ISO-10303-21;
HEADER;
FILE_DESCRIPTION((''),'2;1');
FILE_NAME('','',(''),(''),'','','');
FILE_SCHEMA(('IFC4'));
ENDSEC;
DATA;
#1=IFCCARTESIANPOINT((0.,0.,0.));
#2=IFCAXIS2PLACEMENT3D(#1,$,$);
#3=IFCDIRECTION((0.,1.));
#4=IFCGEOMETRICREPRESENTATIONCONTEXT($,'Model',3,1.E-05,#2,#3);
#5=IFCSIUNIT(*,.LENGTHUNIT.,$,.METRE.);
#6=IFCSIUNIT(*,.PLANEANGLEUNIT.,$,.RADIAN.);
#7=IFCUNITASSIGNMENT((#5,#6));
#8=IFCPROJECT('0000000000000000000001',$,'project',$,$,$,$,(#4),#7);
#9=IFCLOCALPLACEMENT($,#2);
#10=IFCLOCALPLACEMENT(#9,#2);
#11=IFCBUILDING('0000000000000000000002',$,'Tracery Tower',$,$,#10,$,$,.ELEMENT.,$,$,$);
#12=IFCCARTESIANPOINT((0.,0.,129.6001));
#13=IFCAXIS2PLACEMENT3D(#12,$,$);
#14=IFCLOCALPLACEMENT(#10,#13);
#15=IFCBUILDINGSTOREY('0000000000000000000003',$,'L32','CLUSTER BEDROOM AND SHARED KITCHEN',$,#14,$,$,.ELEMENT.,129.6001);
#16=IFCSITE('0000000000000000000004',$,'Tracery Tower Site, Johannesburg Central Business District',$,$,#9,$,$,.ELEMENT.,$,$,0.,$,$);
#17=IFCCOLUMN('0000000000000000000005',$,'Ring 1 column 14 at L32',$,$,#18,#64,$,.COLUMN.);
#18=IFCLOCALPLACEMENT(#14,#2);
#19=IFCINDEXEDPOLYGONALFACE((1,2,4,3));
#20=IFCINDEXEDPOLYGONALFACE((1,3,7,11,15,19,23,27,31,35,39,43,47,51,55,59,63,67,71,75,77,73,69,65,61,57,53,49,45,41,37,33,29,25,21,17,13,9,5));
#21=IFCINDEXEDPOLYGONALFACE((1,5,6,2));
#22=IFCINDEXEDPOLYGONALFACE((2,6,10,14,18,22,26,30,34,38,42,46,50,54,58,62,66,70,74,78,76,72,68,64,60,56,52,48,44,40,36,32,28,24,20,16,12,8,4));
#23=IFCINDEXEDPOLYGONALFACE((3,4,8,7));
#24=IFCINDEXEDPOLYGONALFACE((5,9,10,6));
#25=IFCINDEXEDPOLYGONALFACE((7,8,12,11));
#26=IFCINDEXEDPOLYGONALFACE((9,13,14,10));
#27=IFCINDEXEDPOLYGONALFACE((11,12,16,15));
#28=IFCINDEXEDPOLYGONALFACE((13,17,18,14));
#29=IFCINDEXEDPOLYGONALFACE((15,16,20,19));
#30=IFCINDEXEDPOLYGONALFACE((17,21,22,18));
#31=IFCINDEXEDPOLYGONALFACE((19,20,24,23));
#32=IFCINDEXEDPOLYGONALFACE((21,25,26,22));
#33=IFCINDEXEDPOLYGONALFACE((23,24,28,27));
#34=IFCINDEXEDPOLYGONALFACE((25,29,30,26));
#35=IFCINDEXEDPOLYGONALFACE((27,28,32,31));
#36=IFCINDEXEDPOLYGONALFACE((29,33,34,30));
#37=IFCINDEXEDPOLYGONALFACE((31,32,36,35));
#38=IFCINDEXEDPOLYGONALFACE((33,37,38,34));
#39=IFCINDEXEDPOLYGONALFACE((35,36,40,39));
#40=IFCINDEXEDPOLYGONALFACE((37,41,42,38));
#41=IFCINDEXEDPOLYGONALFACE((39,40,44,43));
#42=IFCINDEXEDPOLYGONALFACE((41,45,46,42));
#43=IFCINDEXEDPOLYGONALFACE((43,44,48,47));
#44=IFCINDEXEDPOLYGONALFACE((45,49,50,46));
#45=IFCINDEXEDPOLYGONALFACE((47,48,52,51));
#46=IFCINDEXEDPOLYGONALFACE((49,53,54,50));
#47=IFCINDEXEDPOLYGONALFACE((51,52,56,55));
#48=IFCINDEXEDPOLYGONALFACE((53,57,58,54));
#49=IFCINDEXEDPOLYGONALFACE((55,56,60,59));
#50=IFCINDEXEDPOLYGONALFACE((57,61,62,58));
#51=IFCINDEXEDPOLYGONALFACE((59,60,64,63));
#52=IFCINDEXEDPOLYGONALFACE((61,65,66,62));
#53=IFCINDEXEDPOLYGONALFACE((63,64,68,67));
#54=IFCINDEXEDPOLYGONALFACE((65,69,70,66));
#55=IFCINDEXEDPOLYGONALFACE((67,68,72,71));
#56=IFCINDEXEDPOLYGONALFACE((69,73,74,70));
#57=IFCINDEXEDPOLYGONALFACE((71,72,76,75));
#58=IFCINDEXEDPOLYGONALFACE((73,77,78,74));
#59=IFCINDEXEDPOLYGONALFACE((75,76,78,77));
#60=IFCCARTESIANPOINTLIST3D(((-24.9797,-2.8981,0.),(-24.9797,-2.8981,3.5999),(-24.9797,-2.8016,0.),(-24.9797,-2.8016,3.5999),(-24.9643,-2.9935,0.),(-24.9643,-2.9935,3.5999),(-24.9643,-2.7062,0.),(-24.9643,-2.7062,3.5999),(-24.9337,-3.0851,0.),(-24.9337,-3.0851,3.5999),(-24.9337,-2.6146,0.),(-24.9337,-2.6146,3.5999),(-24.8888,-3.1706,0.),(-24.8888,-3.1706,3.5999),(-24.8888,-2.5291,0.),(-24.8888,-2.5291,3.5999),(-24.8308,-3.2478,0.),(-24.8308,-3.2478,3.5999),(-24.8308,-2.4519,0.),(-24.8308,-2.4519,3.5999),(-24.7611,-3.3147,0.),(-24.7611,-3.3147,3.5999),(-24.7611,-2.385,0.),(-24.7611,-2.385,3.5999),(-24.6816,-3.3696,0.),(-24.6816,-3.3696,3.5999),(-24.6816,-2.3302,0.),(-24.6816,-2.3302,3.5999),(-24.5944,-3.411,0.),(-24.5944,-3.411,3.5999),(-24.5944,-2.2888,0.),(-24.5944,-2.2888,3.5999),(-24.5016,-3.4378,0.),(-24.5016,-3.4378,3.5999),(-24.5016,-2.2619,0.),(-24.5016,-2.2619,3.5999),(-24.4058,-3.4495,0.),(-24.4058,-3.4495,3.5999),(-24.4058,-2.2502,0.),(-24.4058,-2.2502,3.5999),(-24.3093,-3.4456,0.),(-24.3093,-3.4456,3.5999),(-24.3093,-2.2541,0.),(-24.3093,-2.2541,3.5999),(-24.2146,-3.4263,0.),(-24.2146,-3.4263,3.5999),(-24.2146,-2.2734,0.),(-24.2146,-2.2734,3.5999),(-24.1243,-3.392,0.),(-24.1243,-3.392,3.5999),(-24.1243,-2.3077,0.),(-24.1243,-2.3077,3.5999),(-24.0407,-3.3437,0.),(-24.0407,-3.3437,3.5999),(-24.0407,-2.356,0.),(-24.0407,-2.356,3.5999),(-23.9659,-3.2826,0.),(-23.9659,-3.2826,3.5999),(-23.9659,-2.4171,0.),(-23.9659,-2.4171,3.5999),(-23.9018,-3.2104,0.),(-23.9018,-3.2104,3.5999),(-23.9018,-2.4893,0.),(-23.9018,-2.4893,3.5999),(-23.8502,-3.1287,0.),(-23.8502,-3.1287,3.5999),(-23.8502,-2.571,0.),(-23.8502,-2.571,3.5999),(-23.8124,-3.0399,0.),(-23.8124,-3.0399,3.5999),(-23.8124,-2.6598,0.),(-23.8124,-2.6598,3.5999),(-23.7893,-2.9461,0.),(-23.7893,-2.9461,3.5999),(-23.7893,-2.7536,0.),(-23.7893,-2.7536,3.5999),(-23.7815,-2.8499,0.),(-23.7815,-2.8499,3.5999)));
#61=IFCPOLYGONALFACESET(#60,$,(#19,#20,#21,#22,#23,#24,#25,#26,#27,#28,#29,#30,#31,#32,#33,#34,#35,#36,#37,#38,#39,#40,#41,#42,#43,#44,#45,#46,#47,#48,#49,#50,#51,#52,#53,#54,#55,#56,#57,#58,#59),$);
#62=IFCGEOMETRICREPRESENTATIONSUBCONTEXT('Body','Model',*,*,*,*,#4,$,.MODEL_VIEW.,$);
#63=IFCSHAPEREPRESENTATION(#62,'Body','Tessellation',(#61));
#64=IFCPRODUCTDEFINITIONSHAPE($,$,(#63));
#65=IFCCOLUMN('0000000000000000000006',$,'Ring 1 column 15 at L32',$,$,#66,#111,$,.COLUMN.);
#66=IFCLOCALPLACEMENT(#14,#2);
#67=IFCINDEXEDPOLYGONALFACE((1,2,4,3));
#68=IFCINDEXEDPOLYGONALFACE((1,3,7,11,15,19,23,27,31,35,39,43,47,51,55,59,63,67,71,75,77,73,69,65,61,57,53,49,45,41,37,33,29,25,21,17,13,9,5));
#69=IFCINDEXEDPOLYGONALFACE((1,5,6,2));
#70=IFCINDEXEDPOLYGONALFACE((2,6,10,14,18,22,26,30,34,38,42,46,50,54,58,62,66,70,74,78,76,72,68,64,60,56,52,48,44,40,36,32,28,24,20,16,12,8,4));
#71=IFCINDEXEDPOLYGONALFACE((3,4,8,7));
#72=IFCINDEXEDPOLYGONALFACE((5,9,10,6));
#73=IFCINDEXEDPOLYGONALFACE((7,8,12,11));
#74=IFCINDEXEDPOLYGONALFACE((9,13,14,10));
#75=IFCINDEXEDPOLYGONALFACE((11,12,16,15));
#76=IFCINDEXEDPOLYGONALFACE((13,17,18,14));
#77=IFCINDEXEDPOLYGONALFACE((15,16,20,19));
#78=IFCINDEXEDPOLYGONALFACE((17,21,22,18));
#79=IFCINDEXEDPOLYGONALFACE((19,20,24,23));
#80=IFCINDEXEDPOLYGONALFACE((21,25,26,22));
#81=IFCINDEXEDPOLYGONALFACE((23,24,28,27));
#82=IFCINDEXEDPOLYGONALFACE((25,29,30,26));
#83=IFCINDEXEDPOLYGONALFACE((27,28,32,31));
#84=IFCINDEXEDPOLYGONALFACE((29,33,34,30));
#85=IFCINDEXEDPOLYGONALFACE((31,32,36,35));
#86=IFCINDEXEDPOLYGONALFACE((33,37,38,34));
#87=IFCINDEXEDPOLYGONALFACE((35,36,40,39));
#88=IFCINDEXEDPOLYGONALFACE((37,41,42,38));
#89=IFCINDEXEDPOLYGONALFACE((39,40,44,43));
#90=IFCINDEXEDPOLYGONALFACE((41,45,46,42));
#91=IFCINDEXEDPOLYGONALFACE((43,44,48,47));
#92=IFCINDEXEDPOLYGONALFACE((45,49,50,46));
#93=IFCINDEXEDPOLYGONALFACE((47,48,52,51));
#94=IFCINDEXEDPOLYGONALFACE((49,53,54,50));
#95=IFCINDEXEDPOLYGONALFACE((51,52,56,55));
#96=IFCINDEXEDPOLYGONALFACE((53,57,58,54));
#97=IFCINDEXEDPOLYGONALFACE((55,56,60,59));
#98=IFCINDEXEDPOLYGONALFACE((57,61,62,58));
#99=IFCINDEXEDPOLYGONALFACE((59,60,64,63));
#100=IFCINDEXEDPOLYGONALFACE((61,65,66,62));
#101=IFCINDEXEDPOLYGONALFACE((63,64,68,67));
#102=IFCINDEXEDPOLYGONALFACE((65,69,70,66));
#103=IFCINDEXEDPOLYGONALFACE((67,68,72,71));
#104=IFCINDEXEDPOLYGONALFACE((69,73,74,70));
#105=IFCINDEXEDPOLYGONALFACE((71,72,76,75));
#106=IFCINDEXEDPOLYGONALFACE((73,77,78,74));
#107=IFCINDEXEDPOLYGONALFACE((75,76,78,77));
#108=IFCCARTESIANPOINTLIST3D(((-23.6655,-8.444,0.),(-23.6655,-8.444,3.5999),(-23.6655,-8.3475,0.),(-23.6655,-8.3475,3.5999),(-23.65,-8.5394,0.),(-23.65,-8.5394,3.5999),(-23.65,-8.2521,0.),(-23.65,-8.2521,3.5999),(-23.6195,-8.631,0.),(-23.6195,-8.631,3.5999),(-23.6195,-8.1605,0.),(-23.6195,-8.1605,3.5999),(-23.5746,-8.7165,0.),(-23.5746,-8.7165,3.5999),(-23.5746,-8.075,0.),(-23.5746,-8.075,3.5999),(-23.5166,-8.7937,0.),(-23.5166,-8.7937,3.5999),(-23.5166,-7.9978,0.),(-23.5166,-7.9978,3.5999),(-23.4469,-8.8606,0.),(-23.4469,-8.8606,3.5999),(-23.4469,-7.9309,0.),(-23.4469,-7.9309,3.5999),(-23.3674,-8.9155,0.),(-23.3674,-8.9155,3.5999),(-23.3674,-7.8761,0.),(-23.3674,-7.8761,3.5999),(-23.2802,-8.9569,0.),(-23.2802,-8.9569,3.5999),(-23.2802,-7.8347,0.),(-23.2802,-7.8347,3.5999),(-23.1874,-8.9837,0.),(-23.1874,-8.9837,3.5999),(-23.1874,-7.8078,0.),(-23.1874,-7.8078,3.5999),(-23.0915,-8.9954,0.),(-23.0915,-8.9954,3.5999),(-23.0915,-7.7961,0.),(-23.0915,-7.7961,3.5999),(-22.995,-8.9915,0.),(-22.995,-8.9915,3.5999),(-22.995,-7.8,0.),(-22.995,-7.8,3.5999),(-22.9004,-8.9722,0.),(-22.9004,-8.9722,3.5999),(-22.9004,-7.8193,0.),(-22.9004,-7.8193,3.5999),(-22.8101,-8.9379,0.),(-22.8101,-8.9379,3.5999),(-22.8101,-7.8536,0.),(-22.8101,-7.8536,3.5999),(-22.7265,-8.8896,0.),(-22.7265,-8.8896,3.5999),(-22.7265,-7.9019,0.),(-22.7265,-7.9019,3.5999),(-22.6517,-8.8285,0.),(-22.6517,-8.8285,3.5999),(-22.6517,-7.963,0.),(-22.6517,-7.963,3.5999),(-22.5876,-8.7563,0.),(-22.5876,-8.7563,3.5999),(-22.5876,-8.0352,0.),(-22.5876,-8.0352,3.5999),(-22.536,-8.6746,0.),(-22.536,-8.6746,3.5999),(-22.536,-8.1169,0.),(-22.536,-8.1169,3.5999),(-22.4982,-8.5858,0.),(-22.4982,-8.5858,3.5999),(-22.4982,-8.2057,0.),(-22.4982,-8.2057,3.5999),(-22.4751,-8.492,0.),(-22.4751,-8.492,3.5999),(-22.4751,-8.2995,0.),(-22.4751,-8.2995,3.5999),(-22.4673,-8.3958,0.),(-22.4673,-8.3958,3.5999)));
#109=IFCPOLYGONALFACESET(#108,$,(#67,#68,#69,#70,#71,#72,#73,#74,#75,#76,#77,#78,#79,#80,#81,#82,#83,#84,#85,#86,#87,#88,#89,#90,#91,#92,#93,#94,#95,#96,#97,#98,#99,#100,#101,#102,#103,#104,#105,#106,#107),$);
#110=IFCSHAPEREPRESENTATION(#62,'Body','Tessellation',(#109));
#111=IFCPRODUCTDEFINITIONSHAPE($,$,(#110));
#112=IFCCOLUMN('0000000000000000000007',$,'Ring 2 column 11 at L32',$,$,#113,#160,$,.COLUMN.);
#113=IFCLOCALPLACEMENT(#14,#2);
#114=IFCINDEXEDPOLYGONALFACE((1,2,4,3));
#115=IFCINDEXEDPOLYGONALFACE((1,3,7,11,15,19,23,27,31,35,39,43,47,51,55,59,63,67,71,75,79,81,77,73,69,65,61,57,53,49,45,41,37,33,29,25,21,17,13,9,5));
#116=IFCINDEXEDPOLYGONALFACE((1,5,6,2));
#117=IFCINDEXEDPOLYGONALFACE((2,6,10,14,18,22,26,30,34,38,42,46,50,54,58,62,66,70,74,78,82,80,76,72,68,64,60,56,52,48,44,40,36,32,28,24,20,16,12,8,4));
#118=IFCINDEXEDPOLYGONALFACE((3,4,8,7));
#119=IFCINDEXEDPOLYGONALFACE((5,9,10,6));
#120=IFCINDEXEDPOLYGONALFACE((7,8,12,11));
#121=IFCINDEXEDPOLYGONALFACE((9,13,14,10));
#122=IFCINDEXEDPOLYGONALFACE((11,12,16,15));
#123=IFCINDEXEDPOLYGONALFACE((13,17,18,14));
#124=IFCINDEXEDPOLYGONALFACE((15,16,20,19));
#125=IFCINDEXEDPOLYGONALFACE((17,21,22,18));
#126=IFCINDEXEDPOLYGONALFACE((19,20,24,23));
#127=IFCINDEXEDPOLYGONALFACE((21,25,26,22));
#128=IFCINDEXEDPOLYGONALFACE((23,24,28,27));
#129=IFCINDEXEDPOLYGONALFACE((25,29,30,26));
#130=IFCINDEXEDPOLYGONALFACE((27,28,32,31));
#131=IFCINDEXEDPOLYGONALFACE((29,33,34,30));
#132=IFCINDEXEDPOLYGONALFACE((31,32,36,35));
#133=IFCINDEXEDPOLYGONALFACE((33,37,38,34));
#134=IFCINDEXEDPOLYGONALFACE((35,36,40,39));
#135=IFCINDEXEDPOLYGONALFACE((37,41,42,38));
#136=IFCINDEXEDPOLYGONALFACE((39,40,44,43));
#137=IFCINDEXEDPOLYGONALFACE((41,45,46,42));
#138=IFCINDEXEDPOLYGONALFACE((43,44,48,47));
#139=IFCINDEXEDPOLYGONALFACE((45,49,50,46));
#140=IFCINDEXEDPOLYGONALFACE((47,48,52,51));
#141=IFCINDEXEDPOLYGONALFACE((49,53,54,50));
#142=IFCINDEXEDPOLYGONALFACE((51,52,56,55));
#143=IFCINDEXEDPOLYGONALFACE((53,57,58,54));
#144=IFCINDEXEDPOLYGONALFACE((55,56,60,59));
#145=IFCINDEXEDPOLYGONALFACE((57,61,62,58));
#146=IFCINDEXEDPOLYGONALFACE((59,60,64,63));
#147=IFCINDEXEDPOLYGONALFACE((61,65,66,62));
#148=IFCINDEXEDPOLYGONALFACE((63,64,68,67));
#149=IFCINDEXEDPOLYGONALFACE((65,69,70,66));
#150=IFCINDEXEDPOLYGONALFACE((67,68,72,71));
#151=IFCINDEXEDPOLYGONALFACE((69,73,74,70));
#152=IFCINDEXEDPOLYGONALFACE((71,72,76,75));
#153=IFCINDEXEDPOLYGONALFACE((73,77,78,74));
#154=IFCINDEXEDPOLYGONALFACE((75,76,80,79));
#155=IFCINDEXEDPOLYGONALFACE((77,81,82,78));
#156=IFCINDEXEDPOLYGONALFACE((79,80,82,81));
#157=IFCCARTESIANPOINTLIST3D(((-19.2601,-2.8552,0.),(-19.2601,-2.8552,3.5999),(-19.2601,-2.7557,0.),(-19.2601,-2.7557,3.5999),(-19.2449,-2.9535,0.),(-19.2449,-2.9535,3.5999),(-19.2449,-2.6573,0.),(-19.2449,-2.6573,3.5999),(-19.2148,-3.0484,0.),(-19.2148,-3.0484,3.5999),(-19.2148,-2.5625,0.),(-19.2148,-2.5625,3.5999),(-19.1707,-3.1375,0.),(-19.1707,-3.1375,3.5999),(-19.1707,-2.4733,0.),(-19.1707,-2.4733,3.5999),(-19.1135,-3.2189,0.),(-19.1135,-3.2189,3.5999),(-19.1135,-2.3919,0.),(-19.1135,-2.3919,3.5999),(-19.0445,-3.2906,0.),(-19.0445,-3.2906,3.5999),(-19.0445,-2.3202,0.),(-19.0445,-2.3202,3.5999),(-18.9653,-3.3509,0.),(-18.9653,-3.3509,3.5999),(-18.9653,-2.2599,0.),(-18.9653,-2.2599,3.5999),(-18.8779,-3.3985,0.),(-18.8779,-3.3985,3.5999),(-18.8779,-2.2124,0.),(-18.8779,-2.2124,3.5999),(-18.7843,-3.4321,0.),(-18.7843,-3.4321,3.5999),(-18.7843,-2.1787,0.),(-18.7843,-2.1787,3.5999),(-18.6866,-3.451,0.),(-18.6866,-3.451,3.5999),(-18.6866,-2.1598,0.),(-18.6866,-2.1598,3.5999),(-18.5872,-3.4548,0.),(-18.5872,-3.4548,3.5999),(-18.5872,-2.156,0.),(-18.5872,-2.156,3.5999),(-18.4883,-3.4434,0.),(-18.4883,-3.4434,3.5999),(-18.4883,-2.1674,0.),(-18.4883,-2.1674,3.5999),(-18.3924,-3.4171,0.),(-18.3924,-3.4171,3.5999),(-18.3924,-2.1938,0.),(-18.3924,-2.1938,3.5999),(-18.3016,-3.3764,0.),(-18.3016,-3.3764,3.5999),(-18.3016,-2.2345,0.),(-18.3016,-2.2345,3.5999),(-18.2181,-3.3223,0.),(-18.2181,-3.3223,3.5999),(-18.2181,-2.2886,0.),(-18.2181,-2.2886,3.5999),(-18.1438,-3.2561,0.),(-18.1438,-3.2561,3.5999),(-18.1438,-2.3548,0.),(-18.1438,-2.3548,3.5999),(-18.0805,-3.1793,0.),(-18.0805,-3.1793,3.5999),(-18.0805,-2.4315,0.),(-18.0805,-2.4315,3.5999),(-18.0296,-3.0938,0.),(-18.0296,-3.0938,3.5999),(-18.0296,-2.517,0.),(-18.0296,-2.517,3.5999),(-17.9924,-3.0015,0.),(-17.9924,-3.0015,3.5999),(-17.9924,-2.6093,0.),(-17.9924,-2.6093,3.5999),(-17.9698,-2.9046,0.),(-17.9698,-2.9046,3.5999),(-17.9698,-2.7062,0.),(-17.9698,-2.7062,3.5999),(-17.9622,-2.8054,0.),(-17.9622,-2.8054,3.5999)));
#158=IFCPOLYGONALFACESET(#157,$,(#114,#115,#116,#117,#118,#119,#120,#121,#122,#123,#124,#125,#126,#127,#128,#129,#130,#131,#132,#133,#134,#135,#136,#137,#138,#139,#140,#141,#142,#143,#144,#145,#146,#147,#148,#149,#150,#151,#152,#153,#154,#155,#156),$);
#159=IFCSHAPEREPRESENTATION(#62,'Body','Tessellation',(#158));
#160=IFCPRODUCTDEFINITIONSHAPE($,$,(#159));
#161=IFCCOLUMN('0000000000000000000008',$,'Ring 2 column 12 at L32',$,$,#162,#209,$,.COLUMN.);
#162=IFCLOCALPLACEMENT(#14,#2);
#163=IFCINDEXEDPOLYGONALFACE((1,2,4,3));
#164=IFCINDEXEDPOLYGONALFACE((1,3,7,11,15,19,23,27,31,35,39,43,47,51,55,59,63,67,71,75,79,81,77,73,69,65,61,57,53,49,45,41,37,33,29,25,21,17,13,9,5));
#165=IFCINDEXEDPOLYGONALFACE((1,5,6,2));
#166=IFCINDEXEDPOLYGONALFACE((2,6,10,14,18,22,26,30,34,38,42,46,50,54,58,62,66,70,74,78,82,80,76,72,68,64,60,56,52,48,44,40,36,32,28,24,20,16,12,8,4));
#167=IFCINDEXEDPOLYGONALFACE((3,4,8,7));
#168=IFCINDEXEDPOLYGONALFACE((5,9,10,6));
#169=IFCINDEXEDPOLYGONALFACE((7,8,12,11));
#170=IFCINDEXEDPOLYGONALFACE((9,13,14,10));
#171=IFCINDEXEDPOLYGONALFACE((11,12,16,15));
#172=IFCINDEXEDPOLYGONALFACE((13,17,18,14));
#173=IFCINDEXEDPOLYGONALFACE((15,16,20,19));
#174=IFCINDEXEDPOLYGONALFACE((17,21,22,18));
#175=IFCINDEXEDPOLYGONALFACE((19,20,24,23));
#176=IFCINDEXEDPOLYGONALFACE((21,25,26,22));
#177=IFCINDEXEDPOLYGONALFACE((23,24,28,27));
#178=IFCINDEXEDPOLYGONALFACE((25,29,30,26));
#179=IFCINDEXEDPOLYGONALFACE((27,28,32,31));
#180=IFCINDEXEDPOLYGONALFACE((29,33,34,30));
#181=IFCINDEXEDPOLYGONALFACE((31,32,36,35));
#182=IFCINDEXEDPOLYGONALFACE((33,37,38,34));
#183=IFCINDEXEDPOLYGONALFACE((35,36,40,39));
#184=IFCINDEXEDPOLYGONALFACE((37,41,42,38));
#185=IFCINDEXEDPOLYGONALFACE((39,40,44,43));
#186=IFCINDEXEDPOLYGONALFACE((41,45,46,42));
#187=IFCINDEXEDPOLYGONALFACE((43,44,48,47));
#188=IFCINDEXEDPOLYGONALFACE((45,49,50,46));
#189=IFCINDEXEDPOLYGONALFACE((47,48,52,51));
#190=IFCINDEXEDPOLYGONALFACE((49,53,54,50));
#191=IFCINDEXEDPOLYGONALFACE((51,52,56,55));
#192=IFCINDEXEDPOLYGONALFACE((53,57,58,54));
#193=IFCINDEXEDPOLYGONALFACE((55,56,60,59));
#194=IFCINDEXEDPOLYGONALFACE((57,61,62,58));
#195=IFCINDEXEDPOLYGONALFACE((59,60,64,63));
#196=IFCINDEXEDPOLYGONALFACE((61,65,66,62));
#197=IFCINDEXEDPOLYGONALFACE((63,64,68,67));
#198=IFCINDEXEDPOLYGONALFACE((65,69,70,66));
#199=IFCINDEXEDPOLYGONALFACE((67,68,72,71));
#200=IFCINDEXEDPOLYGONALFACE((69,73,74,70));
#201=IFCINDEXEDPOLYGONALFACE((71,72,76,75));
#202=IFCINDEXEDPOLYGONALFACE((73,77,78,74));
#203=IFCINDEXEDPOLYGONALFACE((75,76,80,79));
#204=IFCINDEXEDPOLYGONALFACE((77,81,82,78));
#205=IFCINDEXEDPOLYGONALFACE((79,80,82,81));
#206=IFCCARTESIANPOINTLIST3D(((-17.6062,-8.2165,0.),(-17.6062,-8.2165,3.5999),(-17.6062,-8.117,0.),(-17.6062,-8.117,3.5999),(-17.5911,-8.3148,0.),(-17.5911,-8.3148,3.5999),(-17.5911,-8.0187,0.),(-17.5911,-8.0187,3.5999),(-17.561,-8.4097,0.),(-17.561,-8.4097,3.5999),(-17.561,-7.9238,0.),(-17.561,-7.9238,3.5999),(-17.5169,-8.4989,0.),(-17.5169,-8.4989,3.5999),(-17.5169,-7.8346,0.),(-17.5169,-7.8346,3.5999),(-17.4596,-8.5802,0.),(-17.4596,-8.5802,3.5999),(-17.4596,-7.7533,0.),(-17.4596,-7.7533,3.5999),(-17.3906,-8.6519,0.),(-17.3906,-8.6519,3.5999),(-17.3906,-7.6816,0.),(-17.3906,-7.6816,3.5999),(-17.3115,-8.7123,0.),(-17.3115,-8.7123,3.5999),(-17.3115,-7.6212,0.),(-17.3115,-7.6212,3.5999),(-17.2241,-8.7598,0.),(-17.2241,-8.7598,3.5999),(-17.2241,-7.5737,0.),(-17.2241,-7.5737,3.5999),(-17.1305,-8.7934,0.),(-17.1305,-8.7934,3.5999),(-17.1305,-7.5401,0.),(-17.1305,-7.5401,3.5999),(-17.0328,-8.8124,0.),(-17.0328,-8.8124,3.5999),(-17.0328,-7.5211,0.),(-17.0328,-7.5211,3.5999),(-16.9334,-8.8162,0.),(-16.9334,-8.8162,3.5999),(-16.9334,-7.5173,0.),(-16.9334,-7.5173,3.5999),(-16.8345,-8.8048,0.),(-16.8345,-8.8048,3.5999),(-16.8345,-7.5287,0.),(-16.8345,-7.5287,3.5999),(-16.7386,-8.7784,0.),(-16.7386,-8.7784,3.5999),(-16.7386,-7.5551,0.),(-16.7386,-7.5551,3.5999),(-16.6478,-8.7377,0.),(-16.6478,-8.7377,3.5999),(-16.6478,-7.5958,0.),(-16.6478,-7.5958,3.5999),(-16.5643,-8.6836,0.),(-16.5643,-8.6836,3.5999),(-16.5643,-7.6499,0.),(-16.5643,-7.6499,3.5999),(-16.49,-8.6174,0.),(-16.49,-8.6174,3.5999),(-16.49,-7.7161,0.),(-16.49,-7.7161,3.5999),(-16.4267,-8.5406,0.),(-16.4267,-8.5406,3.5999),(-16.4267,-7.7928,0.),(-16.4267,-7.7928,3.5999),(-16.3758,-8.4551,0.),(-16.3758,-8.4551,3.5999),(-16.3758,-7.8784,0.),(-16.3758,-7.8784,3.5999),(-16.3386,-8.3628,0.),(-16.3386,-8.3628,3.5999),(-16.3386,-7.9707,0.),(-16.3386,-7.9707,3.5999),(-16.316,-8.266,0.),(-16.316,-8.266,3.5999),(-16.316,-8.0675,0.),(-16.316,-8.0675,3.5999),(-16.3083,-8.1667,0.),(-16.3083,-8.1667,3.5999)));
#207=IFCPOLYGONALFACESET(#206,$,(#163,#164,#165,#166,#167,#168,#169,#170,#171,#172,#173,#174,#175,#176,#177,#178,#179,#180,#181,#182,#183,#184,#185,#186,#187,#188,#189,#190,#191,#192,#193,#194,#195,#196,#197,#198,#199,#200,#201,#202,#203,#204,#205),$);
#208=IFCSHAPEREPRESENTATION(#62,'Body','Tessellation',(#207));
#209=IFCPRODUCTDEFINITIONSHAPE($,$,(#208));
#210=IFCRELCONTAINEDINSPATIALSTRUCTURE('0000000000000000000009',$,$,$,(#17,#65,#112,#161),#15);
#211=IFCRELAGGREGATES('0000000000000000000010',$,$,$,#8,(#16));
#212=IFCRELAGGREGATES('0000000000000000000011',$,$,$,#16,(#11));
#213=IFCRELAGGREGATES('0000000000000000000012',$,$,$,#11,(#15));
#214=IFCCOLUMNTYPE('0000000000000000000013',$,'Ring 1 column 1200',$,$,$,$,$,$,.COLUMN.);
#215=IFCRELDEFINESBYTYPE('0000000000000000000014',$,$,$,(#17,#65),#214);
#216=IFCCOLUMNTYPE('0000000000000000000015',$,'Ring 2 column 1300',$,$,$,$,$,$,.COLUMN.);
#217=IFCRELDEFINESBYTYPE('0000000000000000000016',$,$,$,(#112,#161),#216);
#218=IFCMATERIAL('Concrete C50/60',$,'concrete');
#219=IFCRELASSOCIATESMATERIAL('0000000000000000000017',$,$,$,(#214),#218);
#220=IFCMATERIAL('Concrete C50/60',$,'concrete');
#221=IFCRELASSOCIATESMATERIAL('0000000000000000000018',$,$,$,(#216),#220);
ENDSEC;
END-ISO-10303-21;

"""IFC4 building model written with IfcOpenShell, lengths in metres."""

from ifc_helpers import new_model, si_unit, direction, frame, origin, origin_2d, place, context, subcontext, project, spatial, circle, extrude, material, material_profile, profile_set, type_object, element, save


model = new_model("IFC4")

# Units and contexts
model_context = context("Model", 3, precision=1e-05, world=origin(), true_north=direction((0.0, 1.0)))
body_context = subcontext(model_context, "Body", "Model", "MODEL_VIEW")
ifc_project = project(units=[si_unit("LENGTHUNIT", "METRE"), si_unit("PLANEANGLEUNIT", "RADIAN")], contexts=[model_context])

# Site, building, storey
site_placement = place(None, origin())
site = spatial("IfcSite", under=ifc_project, at=site_placement, Name="Tracery Tower Site, Johannesburg Central Business District", CompositionType="ELEMENT", RefElevation=0.0)
building_placement = place(site_placement, origin())
building = spatial("IfcBuilding", under=site, at=building_placement, Name="Tracery Tower", CompositionType="ELEMENT")
storey_placement = place(building_placement, frame((0.0, 0.0, 129.6001)))
storey = spatial("IfcBuildingStorey", under=building, at=storey_placement, Name="L32", Description="CLUSTER BEDROOM AND SHARED KITCHEN", CompositionType="ELEMENT", Elevation=129.6001)

# Columns
ifc_material_1 = material(Name="Concrete C50/60", Category="concrete")
ifc_material_profile_1 = material_profile(ifc_material_1, circle(Radius=0.6001, at=origin_2d()), Name="RC D1200")
ifc_profile_set_1 = profile_set([ifc_material_profile_1], Name="Concrete C50/60")
column_type_1 = type_object("IfcColumnType", Name="Ring 1 column 1200", PredefinedType="COLUMN", material=ifc_profile_set_1)
for number, where, z_axis, x_axis, name in (
    (1, (-24.3816, -2.8499, 0.0), (0.0, 0.0, 1.0), (1.0, 0.0, 0.0), "Ring 1 column 14 at L32"),
    (2, (-23.0674, -8.3958, 0.0), (0.0, 0.0, 1.0), (1.0, 0.0, 0.0), "Ring 1 column 15 at L32"),
):
    element("IfcColumn", number, at=place(storey_placement, frame(where, z_axis=z_axis, x_axis=x_axis)), inside=storey, type_object=column_type_1, Name=name, PredefinedType="COLUMN", context=body_context, shape_type="SweptSolid", body=[
        extrude(circle(Radius=0.6001, at=origin_2d()), origin(), (0.0, 0.0, 1.0), 3.5999),
    ])
ifc_material_2 = material(Name="Concrete C50/60", Category="concrete")
ifc_material_profile_2 = material_profile(ifc_material_2, circle(Radius=0.6499, at=origin_2d()), Name="RC D1300")
ifc_profile_set_2 = profile_set([ifc_material_profile_2], Name="Concrete C50/60")
column_type_2 = type_object("IfcColumnType", Name="Ring 2 column 1300", PredefinedType="COLUMN", material=ifc_profile_set_2)
for number, where, z_axis, x_axis, name in (
    (3, (-18.6121, -2.8054, 0.0), (0.0, 0.0, 1.0), (1.0, 0.0, 0.0), "Ring 2 column 11 at L32"),
    (4, (-16.9583, -8.1667, 0.0), (0.0, 0.0, 1.0), (1.0, 0.0, 0.0), "Ring 2 column 12 at L32"),
):
    element("IfcColumn", number, at=place(storey_placement, frame(where, z_axis=z_axis, x_axis=x_axis)), inside=storey, type_object=column_type_2, Name=name, PredefinedType="COLUMN", context=body_context, shape_type="SweptSolid", body=[
        extrude(circle(Radius=0.6499, at=origin_2d()), origin(), (0.0, 0.0, 1.0), 3.5999),
    ])

save(model, "model.ifc")
